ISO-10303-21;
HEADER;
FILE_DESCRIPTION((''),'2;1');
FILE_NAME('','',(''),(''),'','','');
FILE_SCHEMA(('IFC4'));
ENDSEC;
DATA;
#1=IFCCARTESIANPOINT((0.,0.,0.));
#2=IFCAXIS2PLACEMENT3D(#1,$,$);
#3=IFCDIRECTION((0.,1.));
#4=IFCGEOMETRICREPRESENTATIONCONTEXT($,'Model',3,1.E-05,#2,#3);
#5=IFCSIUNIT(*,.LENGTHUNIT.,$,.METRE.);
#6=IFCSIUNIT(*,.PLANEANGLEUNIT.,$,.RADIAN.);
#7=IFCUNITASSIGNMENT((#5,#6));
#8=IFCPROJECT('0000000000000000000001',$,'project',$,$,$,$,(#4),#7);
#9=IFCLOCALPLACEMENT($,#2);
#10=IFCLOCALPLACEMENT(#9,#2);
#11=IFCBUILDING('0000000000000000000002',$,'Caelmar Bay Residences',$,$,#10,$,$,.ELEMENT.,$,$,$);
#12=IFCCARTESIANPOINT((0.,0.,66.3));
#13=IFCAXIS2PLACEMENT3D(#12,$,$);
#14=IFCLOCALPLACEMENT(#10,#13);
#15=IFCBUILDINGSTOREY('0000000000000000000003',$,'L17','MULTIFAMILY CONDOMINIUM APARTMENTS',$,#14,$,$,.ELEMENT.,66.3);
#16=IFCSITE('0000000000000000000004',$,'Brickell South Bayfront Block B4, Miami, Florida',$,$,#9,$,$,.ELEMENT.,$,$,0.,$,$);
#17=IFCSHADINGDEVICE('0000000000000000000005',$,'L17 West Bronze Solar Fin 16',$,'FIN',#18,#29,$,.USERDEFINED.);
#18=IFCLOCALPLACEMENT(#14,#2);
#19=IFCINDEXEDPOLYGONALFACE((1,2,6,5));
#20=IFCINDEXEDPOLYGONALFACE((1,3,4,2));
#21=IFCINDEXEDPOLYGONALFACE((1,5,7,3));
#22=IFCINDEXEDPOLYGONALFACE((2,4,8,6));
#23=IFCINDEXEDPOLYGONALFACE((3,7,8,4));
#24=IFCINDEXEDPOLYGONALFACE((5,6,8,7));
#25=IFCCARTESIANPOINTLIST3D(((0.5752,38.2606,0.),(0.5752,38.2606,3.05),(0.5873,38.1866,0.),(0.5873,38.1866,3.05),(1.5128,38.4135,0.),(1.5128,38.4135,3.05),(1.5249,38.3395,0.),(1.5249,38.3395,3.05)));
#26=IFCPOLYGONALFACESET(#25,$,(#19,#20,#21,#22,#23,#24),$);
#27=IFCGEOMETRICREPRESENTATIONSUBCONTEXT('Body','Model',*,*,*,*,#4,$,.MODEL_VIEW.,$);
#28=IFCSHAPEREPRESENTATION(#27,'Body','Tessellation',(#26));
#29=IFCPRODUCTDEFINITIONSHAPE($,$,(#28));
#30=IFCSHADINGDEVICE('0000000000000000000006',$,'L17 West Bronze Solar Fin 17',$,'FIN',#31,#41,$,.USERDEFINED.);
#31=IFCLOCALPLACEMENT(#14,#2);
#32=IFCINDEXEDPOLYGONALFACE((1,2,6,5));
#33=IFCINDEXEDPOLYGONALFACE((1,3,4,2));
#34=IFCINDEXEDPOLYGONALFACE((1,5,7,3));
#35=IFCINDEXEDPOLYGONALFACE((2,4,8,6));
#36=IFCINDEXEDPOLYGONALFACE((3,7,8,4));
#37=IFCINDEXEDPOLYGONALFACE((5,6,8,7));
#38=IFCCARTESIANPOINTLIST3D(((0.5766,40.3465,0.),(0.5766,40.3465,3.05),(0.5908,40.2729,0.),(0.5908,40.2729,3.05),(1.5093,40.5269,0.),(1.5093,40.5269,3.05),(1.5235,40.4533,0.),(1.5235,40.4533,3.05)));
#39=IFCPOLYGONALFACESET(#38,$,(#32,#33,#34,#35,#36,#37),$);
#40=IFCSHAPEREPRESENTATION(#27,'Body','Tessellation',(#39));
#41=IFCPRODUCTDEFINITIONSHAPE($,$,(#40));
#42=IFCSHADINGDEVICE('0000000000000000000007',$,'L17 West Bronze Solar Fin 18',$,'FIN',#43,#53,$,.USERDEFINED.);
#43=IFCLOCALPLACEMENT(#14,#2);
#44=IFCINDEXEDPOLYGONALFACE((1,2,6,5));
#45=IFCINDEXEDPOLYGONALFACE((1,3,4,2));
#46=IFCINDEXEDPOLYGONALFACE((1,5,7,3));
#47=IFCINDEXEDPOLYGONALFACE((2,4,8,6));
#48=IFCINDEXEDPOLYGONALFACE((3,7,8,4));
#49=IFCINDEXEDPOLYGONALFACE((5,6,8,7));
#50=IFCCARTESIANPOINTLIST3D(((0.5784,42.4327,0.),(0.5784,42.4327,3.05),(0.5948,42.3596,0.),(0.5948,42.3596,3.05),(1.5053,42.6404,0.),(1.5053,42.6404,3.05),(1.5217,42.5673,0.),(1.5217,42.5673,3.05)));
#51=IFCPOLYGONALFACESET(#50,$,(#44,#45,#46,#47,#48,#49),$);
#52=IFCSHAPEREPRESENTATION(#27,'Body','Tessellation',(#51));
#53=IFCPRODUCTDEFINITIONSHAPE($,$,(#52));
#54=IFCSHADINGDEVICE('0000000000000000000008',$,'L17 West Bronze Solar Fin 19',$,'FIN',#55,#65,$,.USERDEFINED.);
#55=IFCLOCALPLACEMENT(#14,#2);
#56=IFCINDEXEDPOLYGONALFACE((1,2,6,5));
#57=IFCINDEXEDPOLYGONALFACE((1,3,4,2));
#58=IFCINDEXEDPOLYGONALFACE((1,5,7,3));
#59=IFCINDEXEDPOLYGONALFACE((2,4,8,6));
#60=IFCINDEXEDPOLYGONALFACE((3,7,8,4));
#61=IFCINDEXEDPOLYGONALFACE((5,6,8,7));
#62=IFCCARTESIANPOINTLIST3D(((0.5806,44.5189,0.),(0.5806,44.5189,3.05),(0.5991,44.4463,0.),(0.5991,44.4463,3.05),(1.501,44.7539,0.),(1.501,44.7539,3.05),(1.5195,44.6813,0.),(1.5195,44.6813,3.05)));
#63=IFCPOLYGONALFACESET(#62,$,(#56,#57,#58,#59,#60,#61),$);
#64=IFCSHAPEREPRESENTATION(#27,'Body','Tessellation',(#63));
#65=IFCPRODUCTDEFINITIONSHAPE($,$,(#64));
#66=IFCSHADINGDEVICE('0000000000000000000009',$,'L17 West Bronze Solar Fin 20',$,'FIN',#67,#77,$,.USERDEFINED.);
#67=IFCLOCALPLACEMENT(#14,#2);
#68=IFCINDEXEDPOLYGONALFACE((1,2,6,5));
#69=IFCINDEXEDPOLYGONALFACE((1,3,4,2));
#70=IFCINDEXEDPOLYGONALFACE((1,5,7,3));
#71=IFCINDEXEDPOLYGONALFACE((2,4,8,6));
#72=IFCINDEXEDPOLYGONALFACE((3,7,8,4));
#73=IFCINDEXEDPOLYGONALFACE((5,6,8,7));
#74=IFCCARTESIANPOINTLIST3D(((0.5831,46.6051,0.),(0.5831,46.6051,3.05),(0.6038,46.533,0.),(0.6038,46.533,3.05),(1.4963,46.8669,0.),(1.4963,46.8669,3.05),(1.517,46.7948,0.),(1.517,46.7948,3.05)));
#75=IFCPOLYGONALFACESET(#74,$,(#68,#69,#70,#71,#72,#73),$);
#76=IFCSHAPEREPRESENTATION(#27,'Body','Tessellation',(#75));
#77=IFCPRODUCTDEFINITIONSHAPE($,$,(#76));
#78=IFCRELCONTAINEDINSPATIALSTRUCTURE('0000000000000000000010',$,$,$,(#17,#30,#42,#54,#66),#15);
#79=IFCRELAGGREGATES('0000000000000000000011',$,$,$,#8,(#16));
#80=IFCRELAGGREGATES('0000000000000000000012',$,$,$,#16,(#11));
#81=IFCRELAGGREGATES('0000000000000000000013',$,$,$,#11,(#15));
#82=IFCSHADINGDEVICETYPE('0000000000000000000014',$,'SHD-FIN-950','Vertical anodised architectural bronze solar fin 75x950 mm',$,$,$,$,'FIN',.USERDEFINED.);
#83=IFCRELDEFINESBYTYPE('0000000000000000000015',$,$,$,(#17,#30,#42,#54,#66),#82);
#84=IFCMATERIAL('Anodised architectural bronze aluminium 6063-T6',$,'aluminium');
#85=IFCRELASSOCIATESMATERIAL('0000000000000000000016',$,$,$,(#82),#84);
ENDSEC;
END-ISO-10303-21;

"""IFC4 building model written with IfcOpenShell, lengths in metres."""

from ifc_helpers import new_model, si_unit, direction, frame, origin, origin_2d, place, context, subcontext, project, spatial, rectangle, extrude, material, material_profile, profile_set, type_object, element, save


model = new_model("IFC4")

# Units and contexts
model_context = context("Model", 3, precision=1e-05, world=origin(), true_north=direction((0.0, 1.0)))
body_context = subcontext(model_context, "Body", "Model", "MODEL_VIEW")
ifc_project = project(units=[si_unit("LENGTHUNIT", "METRE"), si_unit("PLANEANGLEUNIT", "RADIAN")], contexts=[model_context])

# Site, building, storey
site_placement = place(None, origin())
site = spatial("IfcSite", under=ifc_project, at=site_placement, Name="Brickell South Bayfront Block B4, Miami, Florida", CompositionType="ELEMENT", RefElevation=0.0)
building_placement = place(site_placement, origin())
building = spatial("IfcBuilding", under=site, at=building_placement, Name="Caelmar Bay Residences", CompositionType="ELEMENT")
storey_placement = place(building_placement, frame((0.0, 0.0, 66.3)))
storey = spatial("IfcBuildingStorey", under=building, at=storey_placement, Name="L17", Description="MULTIFAMILY CONDOMINIUM APARTMENTS", CompositionType="ELEMENT", Elevation=66.3)

# Shading devices
ifc_material_1 = material(Name="Anodised architectural bronze aluminium 6063-T6", Category="aluminium")
ifc_material_profile_1 = material_profile(ifc_material_1, rectangle(XDim=0.075, YDim=0.95, at=origin_2d()), Name="BRONZE-FIN-75X950")
ifc_profile_set_1 = profile_set([ifc_material_profile_1], Name="Anodised architectural bronze aluminium 6063-T6")
shading_device_type = type_object("IfcShadingDeviceType", Name="SHD-FIN-950", Description="Vertical anodised architectural bronze solar fin 75x950 mm", ElementType="FIN", PredefinedType="USERDEFINED", material=ifc_profile_set_1)
for number, where, z_axis, x_axis, name in (
    (1, (1.05, 38.3, 0.0), (0.0, 0.0, 1.0), (-0.160915, 0.986968, 0.0), "L17 West Bronze Solar Fin 16"),
    (2, (1.05, 40.3999, 0.0), (0.0, 0.0, 1.0), (-0.189952, 0.981793, 0.0), "L17 West Bronze Solar Fin 17"),
    (3, (1.05, 42.5, 0.0), (0.0, 0.0, 1.0), (-0.218654, 0.975802, 0.0), "L17 West Bronze Solar Fin 18"),
    (4, (1.05, 44.6001, 0.0), (0.0, 0.0, 1.0), (-0.247337, 0.968929, 0.0), "L17 West Bronze Solar Fin 19"),
    (5, (1.05, 46.7, 0.0), (0.0, 0.0, 1.0), (-0.275637, 0.961262, 0.0), "L17 West Bronze Solar Fin 20"),
):
    element("IfcShadingDevice", number, at=place(storey_placement, frame(where, z_axis=z_axis, x_axis=x_axis)), inside=storey, type_object=shading_device_type, Name=name, ObjectType="FIN", PredefinedType="USERDEFINED", context=body_context, shape_type="SweptSolid", body=[
        extrude(rectangle(XDim=0.075, YDim=0.95, at=origin_2d()), origin(), (0.0, 0.0, 1.0), 3.05),
    ])

save(model, "model.ifc")
